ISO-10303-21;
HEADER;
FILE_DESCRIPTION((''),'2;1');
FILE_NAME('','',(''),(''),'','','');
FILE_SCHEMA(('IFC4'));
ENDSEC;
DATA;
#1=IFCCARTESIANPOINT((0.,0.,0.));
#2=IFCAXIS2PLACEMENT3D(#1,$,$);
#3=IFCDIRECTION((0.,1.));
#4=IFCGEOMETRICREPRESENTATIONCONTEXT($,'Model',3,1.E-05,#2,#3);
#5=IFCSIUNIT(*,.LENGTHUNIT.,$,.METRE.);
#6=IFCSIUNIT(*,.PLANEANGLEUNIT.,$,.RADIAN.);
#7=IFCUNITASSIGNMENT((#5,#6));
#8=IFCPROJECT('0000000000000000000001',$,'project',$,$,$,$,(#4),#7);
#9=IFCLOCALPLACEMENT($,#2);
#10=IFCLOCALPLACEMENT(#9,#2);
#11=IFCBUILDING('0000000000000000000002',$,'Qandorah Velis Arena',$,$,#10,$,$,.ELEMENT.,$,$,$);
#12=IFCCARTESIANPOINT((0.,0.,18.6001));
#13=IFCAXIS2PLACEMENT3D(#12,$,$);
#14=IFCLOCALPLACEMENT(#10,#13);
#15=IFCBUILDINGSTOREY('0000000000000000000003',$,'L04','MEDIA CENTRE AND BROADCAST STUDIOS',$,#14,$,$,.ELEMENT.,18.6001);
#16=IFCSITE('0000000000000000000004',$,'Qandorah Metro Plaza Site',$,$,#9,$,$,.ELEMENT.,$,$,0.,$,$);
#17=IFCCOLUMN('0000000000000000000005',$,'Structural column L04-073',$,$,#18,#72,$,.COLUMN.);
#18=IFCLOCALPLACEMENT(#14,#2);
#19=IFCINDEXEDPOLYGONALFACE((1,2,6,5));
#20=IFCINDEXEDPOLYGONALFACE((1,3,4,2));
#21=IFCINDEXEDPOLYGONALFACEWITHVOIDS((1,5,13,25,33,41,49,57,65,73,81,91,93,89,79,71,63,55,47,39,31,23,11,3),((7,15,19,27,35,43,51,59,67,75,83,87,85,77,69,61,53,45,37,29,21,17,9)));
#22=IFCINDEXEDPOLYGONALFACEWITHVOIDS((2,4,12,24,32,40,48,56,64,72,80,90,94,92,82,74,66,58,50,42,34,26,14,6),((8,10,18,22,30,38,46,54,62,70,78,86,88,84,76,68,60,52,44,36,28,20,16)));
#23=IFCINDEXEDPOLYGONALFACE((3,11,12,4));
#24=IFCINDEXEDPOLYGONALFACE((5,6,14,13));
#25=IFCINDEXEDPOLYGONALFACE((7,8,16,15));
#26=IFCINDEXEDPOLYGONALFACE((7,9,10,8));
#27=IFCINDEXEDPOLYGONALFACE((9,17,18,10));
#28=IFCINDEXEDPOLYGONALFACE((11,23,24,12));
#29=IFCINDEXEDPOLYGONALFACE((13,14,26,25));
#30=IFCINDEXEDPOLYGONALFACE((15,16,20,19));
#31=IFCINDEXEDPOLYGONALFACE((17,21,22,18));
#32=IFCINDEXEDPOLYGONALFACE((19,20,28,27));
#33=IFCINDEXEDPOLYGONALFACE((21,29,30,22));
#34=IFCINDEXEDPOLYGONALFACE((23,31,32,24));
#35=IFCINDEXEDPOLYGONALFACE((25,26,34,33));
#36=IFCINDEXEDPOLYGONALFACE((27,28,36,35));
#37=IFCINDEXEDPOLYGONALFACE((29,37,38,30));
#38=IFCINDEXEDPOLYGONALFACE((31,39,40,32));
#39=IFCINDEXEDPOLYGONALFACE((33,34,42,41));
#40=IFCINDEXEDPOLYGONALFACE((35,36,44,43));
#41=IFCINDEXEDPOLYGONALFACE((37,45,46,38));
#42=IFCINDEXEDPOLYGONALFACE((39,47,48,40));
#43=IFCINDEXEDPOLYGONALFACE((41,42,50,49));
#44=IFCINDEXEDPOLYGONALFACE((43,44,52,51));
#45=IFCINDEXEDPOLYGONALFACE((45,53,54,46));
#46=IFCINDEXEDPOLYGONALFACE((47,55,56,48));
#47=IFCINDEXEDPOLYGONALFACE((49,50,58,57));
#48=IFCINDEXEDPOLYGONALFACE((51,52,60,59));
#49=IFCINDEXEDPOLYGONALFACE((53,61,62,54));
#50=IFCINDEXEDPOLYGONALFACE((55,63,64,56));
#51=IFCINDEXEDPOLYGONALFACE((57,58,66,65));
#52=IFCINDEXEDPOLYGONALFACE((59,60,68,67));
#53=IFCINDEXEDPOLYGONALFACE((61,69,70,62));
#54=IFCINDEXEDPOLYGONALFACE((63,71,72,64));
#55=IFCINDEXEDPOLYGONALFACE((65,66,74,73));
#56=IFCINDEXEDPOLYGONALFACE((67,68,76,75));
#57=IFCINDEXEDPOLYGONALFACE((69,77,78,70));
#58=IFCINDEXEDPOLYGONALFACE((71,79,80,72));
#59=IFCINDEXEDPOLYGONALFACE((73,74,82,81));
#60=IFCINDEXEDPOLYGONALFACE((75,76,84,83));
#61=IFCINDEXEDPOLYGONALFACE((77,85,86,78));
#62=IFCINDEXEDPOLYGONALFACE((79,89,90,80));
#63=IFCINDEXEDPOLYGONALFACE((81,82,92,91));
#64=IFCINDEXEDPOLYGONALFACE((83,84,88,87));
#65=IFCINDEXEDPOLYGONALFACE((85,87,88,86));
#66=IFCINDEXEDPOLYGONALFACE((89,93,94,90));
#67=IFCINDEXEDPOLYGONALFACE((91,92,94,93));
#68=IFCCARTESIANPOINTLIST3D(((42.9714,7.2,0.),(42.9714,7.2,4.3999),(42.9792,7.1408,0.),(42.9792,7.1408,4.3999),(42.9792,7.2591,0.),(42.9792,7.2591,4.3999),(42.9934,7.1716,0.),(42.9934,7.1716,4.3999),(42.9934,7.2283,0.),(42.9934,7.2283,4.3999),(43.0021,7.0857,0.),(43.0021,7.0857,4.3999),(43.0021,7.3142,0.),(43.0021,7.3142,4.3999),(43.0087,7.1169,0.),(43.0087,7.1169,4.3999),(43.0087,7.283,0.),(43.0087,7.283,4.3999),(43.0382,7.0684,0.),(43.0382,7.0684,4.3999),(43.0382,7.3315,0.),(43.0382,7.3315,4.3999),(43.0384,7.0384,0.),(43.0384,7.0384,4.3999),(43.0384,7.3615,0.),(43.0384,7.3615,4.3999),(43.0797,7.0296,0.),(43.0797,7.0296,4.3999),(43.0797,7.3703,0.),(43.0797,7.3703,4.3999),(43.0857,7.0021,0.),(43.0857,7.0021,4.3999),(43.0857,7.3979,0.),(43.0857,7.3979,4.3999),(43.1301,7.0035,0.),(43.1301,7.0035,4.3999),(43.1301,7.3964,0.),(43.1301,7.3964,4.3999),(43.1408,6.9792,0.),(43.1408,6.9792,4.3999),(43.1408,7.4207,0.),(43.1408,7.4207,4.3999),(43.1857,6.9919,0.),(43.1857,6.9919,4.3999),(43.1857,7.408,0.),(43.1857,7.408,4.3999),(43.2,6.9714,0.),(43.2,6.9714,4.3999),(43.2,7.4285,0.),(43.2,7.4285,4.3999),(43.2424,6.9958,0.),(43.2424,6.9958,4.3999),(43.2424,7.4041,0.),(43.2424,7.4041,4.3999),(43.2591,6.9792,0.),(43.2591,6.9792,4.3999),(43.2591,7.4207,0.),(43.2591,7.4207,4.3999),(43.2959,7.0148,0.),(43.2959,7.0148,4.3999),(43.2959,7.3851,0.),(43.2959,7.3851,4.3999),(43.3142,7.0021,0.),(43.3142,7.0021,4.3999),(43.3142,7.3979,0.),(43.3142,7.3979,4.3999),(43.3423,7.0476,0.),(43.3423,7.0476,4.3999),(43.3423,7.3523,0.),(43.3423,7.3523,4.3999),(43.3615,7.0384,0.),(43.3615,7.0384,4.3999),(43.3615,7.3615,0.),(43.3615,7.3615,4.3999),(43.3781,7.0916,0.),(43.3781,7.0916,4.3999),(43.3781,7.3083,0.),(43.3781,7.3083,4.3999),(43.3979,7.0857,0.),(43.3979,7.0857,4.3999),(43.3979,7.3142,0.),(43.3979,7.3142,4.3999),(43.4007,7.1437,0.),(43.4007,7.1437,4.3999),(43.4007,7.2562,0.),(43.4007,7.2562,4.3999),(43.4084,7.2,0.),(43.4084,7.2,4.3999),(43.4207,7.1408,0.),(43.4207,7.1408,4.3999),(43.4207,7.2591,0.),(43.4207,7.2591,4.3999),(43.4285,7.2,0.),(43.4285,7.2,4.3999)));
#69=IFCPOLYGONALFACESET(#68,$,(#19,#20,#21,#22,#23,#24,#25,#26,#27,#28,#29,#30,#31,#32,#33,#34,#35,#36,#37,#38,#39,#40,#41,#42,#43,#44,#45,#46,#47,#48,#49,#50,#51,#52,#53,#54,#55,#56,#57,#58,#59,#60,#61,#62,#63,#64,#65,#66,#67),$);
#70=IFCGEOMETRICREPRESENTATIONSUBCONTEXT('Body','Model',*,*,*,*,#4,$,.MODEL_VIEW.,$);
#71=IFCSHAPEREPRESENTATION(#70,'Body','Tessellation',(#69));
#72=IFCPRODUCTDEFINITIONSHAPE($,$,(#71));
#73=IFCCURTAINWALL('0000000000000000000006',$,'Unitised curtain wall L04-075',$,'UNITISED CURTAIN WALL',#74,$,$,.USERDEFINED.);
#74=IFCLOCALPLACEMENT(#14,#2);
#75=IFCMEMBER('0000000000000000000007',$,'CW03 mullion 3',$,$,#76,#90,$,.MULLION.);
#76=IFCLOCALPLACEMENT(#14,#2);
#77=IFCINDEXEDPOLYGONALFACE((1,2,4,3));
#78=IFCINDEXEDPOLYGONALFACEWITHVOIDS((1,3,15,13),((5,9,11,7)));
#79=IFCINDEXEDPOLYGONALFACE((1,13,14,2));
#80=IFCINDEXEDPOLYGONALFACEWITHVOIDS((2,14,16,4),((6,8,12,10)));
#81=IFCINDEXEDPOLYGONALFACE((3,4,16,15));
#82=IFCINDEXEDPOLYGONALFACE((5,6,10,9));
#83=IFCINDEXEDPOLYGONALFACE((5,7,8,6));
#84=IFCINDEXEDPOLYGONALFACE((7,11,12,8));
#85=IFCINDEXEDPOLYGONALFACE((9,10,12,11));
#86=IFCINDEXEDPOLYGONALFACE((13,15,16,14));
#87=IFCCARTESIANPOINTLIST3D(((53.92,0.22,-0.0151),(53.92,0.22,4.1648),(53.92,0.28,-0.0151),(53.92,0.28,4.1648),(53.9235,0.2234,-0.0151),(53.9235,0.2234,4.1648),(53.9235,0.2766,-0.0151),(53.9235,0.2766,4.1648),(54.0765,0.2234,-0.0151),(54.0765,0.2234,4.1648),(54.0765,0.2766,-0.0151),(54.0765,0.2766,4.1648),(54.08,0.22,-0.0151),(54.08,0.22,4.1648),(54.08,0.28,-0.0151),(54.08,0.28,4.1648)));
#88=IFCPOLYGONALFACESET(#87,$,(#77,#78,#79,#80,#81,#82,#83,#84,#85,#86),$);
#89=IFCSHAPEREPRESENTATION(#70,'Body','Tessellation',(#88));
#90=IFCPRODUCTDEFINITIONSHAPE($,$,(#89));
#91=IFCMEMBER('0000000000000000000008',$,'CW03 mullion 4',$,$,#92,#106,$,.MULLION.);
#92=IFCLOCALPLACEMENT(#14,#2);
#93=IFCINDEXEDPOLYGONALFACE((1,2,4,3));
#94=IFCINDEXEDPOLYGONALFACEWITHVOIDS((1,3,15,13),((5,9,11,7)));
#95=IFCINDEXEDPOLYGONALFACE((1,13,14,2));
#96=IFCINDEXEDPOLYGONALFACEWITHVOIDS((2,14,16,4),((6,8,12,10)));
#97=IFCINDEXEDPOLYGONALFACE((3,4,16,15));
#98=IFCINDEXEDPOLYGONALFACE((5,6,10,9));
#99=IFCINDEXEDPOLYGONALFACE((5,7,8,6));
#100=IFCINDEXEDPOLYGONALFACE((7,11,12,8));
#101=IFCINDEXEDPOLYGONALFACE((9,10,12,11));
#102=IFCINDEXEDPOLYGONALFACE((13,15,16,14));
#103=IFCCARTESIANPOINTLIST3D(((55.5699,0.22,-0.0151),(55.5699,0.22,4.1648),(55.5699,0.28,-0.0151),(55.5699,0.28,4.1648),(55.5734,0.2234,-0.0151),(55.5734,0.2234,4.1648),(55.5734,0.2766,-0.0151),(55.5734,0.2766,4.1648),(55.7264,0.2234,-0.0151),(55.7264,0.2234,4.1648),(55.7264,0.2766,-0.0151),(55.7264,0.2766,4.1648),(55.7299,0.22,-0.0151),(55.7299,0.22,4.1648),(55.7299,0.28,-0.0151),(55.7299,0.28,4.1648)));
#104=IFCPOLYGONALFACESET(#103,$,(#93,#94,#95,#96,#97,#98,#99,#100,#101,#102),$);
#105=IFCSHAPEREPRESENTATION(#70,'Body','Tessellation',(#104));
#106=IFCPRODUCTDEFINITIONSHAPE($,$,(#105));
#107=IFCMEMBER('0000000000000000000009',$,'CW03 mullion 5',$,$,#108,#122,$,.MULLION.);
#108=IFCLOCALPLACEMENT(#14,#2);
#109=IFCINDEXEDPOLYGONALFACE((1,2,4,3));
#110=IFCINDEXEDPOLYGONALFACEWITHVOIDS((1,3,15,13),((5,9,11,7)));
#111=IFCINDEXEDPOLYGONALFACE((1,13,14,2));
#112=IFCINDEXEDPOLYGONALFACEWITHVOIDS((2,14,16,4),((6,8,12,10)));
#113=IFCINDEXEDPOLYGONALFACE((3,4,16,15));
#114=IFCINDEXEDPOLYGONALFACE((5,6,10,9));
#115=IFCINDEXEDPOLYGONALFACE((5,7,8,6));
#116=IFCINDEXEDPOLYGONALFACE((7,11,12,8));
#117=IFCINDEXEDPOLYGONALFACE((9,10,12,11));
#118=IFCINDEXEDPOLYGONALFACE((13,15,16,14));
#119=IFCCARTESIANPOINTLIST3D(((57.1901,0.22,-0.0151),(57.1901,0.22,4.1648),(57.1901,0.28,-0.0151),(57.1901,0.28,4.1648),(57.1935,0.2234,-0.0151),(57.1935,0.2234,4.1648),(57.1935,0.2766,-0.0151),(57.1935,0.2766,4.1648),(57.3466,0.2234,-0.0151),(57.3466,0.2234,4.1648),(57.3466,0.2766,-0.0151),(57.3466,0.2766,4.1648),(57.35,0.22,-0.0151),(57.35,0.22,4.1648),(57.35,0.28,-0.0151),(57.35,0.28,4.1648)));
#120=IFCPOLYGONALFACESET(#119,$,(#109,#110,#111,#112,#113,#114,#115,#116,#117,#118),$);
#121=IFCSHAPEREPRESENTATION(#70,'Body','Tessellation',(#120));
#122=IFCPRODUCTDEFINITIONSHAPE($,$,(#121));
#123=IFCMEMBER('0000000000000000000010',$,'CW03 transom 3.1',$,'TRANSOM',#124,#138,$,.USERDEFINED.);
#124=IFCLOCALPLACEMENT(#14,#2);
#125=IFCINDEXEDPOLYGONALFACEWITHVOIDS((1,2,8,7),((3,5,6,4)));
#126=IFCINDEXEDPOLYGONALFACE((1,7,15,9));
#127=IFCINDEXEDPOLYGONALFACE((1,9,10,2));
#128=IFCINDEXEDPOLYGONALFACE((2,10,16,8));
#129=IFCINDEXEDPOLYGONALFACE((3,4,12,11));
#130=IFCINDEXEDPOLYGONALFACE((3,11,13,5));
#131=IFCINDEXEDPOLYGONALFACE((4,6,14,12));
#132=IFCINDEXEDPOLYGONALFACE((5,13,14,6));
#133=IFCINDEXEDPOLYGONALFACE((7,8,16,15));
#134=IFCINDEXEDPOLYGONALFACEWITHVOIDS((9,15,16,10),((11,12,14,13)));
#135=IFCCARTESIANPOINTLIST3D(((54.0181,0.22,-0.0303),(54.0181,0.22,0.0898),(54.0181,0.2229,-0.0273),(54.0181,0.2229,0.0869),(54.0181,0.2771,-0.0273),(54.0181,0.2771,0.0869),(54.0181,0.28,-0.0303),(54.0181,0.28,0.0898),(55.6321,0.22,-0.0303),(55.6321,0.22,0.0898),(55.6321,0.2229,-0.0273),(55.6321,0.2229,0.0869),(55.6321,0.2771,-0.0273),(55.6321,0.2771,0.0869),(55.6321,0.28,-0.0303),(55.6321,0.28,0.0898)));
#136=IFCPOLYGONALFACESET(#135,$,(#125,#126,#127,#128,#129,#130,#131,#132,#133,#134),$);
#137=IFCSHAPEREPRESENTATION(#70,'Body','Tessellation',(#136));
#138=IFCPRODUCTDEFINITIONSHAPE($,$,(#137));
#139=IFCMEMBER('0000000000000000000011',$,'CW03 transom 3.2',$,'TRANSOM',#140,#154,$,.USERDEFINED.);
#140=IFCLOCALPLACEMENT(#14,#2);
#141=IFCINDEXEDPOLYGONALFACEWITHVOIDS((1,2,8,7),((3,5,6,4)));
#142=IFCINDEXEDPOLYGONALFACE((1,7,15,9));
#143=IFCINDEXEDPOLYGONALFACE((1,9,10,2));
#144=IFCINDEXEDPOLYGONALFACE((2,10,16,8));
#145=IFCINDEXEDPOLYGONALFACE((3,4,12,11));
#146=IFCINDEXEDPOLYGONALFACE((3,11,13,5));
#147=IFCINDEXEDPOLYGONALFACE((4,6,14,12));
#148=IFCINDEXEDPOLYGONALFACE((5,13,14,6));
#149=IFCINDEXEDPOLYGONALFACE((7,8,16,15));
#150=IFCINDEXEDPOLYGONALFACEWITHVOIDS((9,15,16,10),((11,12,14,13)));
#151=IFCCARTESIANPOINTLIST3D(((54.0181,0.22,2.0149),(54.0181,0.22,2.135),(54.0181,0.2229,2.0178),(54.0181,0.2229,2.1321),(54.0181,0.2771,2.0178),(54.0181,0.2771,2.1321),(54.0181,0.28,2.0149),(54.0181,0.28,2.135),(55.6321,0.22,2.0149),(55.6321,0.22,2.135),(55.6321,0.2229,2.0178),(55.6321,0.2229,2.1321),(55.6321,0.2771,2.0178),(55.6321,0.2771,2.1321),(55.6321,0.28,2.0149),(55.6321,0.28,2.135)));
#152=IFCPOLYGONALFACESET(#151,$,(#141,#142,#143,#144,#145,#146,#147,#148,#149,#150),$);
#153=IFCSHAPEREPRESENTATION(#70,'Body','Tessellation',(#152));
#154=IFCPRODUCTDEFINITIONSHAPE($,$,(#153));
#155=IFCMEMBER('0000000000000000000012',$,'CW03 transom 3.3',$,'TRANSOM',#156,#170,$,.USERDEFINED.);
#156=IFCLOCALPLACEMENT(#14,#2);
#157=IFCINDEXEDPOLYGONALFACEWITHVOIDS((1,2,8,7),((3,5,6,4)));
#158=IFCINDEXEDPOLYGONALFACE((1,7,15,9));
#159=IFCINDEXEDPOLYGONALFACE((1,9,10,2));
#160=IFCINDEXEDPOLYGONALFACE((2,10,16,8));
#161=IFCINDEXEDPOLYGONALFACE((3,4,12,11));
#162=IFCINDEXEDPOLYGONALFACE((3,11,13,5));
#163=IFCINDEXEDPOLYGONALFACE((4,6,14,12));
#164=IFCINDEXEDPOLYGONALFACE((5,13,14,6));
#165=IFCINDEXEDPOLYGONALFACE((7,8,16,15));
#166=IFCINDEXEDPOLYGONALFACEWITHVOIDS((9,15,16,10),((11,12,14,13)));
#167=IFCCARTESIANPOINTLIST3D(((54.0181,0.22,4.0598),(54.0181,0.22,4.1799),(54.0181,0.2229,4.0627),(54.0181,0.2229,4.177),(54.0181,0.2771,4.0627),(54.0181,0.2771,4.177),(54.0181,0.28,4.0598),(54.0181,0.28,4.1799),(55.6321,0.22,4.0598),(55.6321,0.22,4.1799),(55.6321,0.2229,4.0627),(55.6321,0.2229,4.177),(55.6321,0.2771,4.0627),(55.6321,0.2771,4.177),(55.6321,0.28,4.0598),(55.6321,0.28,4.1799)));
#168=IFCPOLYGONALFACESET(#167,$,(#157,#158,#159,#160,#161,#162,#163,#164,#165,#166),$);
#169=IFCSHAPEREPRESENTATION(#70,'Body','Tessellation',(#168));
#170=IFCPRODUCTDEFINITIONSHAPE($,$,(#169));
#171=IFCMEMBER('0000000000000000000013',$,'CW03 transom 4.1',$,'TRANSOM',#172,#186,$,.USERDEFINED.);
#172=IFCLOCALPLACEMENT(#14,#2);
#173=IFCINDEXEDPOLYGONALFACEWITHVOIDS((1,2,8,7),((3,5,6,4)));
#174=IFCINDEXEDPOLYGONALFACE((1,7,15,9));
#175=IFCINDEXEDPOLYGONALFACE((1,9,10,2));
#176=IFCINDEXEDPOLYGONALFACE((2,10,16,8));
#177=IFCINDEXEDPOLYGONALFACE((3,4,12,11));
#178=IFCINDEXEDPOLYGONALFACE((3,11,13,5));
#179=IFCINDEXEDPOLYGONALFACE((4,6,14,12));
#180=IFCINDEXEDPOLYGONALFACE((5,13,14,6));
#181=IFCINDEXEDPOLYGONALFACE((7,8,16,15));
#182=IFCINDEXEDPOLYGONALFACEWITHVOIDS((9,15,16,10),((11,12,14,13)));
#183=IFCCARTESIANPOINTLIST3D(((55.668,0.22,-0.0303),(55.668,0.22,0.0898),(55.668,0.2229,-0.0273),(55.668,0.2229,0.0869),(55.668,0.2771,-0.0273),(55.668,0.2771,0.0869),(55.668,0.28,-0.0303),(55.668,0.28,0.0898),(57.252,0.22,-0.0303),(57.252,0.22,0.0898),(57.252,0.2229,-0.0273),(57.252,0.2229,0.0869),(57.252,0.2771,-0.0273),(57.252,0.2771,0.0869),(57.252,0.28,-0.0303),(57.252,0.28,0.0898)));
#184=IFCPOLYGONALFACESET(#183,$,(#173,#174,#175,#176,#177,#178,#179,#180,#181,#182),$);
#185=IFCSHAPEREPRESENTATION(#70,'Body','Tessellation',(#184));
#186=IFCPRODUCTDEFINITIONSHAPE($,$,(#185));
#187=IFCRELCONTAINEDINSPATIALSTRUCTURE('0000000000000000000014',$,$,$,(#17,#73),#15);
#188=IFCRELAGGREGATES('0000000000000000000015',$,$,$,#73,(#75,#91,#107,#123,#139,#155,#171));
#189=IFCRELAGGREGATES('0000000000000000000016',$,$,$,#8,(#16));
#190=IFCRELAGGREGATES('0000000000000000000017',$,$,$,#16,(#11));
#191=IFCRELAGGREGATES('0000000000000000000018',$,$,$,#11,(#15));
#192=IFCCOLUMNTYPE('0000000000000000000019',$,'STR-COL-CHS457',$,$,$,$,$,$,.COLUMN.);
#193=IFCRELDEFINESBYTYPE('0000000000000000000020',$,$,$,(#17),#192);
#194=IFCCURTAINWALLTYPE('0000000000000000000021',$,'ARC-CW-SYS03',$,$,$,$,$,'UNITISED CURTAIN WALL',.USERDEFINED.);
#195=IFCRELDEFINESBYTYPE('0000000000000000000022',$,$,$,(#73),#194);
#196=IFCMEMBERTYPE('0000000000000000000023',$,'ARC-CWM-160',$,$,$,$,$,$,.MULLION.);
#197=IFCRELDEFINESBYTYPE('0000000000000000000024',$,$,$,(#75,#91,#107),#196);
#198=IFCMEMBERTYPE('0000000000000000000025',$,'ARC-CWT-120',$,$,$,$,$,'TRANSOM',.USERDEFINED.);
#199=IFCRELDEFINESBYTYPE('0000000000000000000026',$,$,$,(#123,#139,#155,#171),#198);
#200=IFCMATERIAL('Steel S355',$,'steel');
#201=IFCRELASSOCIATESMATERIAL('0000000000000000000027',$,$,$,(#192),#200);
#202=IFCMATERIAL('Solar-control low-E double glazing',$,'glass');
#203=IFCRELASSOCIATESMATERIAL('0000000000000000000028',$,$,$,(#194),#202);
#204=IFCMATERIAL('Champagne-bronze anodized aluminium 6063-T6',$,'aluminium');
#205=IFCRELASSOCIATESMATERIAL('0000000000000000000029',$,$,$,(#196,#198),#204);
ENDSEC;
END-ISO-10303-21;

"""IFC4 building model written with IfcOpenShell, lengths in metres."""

from ifc_helpers import new_model, si_unit, direction, frame, origin, origin_2d, place, context, subcontext, project, spatial, hollow_rectangle, hollow_circle, extrude, material, material_profile, profile_set, type_object, element, aggregate, save


model = new_model("IFC4")

# Units and contexts
model_context = context("Model", 3, precision=1e-05, world=origin(), true_north=direction((0.0, 1.0)))
body_context = subcontext(model_context, "Body", "Model", "MODEL_VIEW")
ifc_project = project(units=[si_unit("LENGTHUNIT", "METRE"), si_unit("PLANEANGLEUNIT", "RADIAN")], contexts=[model_context])

# Site, building, storey
site_placement = place(None, origin())
site = spatial("IfcSite", under=ifc_project, at=site_placement, Name="Qandorah Metro Plaza Site", CompositionType="ELEMENT", RefElevation=0.0)
building_placement = place(site_placement, origin())
building = spatial("IfcBuilding", under=site, at=building_placement, Name="Qandorah Velis Arena", CompositionType="ELEMENT")
storey_placement = place(building_placement, frame((0.0, 0.0, 18.6001)))
storey = spatial("IfcBuildingStorey", under=building, at=storey_placement, Name="L04", Description="MEDIA CENTRE AND BROADCAST STUDIOS", CompositionType="ELEMENT", Elevation=18.6001)

# Column
ifc_material_1 = material(Name="Steel S355", Category="steel")
ifc_material_profile_1 = material_profile(ifc_material_1, hollow_circle(Radius=0.2285, WallThickness=0.02, at=origin_2d()), Name="CHS 457x20")
ifc_profile_set_1 = profile_set([ifc_material_profile_1], Name="Steel S355")
column_type = type_object("IfcColumnType", Name="STR-COL-CHS457", PredefinedType="COLUMN", material=ifc_profile_set_1)
column_placement = place(storey_placement, frame((43.2, 7.2, 0.0), z_axis=(0.0, 0.0, 1.0), x_axis=(1.0, 0.0, 0.0)))
element("IfcColumn", 1, at=column_placement, inside=storey, type_object=column_type, Name="Structural column L04-073", PredefinedType="COLUMN", context=body_context, shape_type="SweptSolid", body=[
    extrude(hollow_circle(Radius=0.2285, WallThickness=0.02, at=origin_2d()), origin(), (0.0, 0.0, 1.0), 4.3999),
])

# Curtain wall, members
ifc_material_2 = material(Name="Solar-control low-E double glazing", Category="glass")
curtain_wall_type = type_object("IfcCurtainWallType", Name="ARC-CW-SYS03", ElementType="UNITISED CURTAIN WALL", PredefinedType="USERDEFINED", material=ifc_material_2)
curtain_wall_placement = place(storey_placement, origin())
curtain_wall = element("IfcCurtainWall", 2, at=curtain_wall_placement, inside=storey, type_object=curtain_wall_type, Name="Unitised curtain wall L04-075", ObjectType="UNITISED CURTAIN WALL", PredefinedType="USERDEFINED")
ifc_material_3 = material(Name="Champagne-bronze anodized aluminium 6063-T6", Category="aluminium")
ifc_material_profile_2 = material_profile(ifc_material_3, hollow_rectangle(XDim=0.0601, YDim=0.1599, WallThickness=0.0034, at=origin_2d()), Name="ALU MULLION 60x160")
ifc_profile_set_2 = profile_set([ifc_material_profile_2], Name="Champagne-bronze anodized aluminium 6063-T6")
member_type_1 = type_object("IfcMemberType", Name="ARC-CWM-160", PredefinedType="MULLION", material=ifc_profile_set_2)
member_1_placement = place(storey_placement, frame((54.0, 0.25, -0.0151), z_axis=(0.0, 0.0, 1.0), x_axis=(0.0, 1.0, 0.0)))
member_1 = element("IfcMember", 3, at=member_1_placement, type_object=member_type_1, Name="CW03 mullion 3", PredefinedType="MULLION", context=body_context, shape_type="SweptSolid", body=[
    extrude(hollow_rectangle(XDim=0.0601, YDim=0.1599, WallThickness=0.0034, at=origin_2d()), origin(), (0.0, 0.0, 1.0), 4.1799),
])
member_2_placement = place(storey_placement, frame((55.6499, 0.25, -0.0151), z_axis=(0.0, 0.0, 1.0), x_axis=(0.0, 1.0, 0.0)))
member_2 = element("IfcMember", 4, at=member_2_placement, type_object=member_type_1, Name="CW03 mullion 4", PredefinedType="MULLION", context=body_context, shape_type="SweptSolid", body=[
    extrude(hollow_rectangle(XDim=0.0601, YDim=0.1599, WallThickness=0.0034, at=origin_2d()), origin(), (0.0, 0.0, 1.0), 4.1799),
])
member_3_placement = place(storey_placement, frame((57.27, 0.25, -0.0151), z_axis=(0.0, 0.0, 1.0), x_axis=(0.0, 1.0, 0.0)))
member_3 = element("IfcMember", 5, at=member_3_placement, type_object=member_type_1, Name="CW03 mullion 5", PredefinedType="MULLION", context=body_context, shape_type="SweptSolid", body=[
    extrude(hollow_rectangle(XDim=0.0601, YDim=0.1599, WallThickness=0.0034, at=origin_2d()), origin(), (0.0, 0.0, 1.0), 4.1799),
])
ifc_material_profile_3 = material_profile(ifc_material_3, hollow_rectangle(XDim=0.0601, YDim=0.1201, WallThickness=0.0029, at=origin_2d()), Name="ALU TRANSOM 60x120")
ifc_profile_set_3 = profile_set([ifc_material_profile_3], Name="Champagne-bronze anodized aluminium 6063-T6")
member_type_2 = type_object("IfcMemberType", Name="ARC-CWT-120", ElementType="TRANSOM", PredefinedType="USERDEFINED", material=ifc_profile_set_3)
member_4_placement = place(storey_placement, frame((54.0181, 0.25, 0.0298), z_axis=(1.0, 0.0, 0.0), x_axis=(0.0, 1.0, 0.0)))
member_4 = element("IfcMember", 6, at=member_4_placement, type_object=member_type_2, Name="CW03 transom 3.1", ObjectType="TRANSOM", PredefinedType="USERDEFINED", context=body_context, shape_type="SweptSolid", body=[
    extrude(hollow_rectangle(XDim=0.0601, YDim=0.1201, WallThickness=0.0029, at=origin_2d()), origin(), (0.0, 0.0, 1.0), 1.614),
])
member_5_placement = place(storey_placement, frame((54.0181, 0.25, 2.075), z_axis=(1.0, 0.0, 0.0), x_axis=(0.0, 1.0, 0.0)))
member_5 = element("IfcMember", 7, at=member_5_placement, type_object=member_type_2, Name="CW03 transom 3.2", ObjectType="TRANSOM", PredefinedType="USERDEFINED", context=body_context, shape_type="SweptSolid", body=[
    extrude(hollow_rectangle(XDim=0.0601, YDim=0.1201, WallThickness=0.0029, at=origin_2d()), origin(), (0.0, 0.0, 1.0), 1.614),
])
member_6_placement = place(storey_placement, frame((54.0181, 0.25, 4.1199), z_axis=(1.0, 0.0, 0.0), x_axis=(0.0, 1.0, 0.0)))
member_6 = element("IfcMember", 8, at=member_6_placement, type_object=member_type_2, Name="CW03 transom 3.3", ObjectType="TRANSOM", PredefinedType="USERDEFINED", context=body_context, shape_type="SweptSolid", body=[
    extrude(hollow_rectangle(XDim=0.0601, YDim=0.1201, WallThickness=0.0029, at=origin_2d()), origin(), (0.0, 0.0, 1.0), 1.614),
])
member_7_placement = place(storey_placement, frame((55.668, 0.25, 0.0298), z_axis=(1.0, 0.0, 0.0), x_axis=(0.0, 1.0, 0.0)))
member_7 = element("IfcMember", 9, at=member_7_placement, type_object=member_type_2, Name="CW03 transom 4.1", ObjectType="TRANSOM", PredefinedType="USERDEFINED", context=body_context, shape_type="SweptSolid", body=[
    extrude(hollow_rectangle(XDim=0.0601, YDim=0.1201, WallThickness=0.0029, at=origin_2d()), origin(), (0.0, 0.0, 1.0), 1.584),
])

aggregate(curtain_wall, [member_1, member_2, member_3, member_4, member_5, member_6, member_7])

save(model, "model.ifc")
